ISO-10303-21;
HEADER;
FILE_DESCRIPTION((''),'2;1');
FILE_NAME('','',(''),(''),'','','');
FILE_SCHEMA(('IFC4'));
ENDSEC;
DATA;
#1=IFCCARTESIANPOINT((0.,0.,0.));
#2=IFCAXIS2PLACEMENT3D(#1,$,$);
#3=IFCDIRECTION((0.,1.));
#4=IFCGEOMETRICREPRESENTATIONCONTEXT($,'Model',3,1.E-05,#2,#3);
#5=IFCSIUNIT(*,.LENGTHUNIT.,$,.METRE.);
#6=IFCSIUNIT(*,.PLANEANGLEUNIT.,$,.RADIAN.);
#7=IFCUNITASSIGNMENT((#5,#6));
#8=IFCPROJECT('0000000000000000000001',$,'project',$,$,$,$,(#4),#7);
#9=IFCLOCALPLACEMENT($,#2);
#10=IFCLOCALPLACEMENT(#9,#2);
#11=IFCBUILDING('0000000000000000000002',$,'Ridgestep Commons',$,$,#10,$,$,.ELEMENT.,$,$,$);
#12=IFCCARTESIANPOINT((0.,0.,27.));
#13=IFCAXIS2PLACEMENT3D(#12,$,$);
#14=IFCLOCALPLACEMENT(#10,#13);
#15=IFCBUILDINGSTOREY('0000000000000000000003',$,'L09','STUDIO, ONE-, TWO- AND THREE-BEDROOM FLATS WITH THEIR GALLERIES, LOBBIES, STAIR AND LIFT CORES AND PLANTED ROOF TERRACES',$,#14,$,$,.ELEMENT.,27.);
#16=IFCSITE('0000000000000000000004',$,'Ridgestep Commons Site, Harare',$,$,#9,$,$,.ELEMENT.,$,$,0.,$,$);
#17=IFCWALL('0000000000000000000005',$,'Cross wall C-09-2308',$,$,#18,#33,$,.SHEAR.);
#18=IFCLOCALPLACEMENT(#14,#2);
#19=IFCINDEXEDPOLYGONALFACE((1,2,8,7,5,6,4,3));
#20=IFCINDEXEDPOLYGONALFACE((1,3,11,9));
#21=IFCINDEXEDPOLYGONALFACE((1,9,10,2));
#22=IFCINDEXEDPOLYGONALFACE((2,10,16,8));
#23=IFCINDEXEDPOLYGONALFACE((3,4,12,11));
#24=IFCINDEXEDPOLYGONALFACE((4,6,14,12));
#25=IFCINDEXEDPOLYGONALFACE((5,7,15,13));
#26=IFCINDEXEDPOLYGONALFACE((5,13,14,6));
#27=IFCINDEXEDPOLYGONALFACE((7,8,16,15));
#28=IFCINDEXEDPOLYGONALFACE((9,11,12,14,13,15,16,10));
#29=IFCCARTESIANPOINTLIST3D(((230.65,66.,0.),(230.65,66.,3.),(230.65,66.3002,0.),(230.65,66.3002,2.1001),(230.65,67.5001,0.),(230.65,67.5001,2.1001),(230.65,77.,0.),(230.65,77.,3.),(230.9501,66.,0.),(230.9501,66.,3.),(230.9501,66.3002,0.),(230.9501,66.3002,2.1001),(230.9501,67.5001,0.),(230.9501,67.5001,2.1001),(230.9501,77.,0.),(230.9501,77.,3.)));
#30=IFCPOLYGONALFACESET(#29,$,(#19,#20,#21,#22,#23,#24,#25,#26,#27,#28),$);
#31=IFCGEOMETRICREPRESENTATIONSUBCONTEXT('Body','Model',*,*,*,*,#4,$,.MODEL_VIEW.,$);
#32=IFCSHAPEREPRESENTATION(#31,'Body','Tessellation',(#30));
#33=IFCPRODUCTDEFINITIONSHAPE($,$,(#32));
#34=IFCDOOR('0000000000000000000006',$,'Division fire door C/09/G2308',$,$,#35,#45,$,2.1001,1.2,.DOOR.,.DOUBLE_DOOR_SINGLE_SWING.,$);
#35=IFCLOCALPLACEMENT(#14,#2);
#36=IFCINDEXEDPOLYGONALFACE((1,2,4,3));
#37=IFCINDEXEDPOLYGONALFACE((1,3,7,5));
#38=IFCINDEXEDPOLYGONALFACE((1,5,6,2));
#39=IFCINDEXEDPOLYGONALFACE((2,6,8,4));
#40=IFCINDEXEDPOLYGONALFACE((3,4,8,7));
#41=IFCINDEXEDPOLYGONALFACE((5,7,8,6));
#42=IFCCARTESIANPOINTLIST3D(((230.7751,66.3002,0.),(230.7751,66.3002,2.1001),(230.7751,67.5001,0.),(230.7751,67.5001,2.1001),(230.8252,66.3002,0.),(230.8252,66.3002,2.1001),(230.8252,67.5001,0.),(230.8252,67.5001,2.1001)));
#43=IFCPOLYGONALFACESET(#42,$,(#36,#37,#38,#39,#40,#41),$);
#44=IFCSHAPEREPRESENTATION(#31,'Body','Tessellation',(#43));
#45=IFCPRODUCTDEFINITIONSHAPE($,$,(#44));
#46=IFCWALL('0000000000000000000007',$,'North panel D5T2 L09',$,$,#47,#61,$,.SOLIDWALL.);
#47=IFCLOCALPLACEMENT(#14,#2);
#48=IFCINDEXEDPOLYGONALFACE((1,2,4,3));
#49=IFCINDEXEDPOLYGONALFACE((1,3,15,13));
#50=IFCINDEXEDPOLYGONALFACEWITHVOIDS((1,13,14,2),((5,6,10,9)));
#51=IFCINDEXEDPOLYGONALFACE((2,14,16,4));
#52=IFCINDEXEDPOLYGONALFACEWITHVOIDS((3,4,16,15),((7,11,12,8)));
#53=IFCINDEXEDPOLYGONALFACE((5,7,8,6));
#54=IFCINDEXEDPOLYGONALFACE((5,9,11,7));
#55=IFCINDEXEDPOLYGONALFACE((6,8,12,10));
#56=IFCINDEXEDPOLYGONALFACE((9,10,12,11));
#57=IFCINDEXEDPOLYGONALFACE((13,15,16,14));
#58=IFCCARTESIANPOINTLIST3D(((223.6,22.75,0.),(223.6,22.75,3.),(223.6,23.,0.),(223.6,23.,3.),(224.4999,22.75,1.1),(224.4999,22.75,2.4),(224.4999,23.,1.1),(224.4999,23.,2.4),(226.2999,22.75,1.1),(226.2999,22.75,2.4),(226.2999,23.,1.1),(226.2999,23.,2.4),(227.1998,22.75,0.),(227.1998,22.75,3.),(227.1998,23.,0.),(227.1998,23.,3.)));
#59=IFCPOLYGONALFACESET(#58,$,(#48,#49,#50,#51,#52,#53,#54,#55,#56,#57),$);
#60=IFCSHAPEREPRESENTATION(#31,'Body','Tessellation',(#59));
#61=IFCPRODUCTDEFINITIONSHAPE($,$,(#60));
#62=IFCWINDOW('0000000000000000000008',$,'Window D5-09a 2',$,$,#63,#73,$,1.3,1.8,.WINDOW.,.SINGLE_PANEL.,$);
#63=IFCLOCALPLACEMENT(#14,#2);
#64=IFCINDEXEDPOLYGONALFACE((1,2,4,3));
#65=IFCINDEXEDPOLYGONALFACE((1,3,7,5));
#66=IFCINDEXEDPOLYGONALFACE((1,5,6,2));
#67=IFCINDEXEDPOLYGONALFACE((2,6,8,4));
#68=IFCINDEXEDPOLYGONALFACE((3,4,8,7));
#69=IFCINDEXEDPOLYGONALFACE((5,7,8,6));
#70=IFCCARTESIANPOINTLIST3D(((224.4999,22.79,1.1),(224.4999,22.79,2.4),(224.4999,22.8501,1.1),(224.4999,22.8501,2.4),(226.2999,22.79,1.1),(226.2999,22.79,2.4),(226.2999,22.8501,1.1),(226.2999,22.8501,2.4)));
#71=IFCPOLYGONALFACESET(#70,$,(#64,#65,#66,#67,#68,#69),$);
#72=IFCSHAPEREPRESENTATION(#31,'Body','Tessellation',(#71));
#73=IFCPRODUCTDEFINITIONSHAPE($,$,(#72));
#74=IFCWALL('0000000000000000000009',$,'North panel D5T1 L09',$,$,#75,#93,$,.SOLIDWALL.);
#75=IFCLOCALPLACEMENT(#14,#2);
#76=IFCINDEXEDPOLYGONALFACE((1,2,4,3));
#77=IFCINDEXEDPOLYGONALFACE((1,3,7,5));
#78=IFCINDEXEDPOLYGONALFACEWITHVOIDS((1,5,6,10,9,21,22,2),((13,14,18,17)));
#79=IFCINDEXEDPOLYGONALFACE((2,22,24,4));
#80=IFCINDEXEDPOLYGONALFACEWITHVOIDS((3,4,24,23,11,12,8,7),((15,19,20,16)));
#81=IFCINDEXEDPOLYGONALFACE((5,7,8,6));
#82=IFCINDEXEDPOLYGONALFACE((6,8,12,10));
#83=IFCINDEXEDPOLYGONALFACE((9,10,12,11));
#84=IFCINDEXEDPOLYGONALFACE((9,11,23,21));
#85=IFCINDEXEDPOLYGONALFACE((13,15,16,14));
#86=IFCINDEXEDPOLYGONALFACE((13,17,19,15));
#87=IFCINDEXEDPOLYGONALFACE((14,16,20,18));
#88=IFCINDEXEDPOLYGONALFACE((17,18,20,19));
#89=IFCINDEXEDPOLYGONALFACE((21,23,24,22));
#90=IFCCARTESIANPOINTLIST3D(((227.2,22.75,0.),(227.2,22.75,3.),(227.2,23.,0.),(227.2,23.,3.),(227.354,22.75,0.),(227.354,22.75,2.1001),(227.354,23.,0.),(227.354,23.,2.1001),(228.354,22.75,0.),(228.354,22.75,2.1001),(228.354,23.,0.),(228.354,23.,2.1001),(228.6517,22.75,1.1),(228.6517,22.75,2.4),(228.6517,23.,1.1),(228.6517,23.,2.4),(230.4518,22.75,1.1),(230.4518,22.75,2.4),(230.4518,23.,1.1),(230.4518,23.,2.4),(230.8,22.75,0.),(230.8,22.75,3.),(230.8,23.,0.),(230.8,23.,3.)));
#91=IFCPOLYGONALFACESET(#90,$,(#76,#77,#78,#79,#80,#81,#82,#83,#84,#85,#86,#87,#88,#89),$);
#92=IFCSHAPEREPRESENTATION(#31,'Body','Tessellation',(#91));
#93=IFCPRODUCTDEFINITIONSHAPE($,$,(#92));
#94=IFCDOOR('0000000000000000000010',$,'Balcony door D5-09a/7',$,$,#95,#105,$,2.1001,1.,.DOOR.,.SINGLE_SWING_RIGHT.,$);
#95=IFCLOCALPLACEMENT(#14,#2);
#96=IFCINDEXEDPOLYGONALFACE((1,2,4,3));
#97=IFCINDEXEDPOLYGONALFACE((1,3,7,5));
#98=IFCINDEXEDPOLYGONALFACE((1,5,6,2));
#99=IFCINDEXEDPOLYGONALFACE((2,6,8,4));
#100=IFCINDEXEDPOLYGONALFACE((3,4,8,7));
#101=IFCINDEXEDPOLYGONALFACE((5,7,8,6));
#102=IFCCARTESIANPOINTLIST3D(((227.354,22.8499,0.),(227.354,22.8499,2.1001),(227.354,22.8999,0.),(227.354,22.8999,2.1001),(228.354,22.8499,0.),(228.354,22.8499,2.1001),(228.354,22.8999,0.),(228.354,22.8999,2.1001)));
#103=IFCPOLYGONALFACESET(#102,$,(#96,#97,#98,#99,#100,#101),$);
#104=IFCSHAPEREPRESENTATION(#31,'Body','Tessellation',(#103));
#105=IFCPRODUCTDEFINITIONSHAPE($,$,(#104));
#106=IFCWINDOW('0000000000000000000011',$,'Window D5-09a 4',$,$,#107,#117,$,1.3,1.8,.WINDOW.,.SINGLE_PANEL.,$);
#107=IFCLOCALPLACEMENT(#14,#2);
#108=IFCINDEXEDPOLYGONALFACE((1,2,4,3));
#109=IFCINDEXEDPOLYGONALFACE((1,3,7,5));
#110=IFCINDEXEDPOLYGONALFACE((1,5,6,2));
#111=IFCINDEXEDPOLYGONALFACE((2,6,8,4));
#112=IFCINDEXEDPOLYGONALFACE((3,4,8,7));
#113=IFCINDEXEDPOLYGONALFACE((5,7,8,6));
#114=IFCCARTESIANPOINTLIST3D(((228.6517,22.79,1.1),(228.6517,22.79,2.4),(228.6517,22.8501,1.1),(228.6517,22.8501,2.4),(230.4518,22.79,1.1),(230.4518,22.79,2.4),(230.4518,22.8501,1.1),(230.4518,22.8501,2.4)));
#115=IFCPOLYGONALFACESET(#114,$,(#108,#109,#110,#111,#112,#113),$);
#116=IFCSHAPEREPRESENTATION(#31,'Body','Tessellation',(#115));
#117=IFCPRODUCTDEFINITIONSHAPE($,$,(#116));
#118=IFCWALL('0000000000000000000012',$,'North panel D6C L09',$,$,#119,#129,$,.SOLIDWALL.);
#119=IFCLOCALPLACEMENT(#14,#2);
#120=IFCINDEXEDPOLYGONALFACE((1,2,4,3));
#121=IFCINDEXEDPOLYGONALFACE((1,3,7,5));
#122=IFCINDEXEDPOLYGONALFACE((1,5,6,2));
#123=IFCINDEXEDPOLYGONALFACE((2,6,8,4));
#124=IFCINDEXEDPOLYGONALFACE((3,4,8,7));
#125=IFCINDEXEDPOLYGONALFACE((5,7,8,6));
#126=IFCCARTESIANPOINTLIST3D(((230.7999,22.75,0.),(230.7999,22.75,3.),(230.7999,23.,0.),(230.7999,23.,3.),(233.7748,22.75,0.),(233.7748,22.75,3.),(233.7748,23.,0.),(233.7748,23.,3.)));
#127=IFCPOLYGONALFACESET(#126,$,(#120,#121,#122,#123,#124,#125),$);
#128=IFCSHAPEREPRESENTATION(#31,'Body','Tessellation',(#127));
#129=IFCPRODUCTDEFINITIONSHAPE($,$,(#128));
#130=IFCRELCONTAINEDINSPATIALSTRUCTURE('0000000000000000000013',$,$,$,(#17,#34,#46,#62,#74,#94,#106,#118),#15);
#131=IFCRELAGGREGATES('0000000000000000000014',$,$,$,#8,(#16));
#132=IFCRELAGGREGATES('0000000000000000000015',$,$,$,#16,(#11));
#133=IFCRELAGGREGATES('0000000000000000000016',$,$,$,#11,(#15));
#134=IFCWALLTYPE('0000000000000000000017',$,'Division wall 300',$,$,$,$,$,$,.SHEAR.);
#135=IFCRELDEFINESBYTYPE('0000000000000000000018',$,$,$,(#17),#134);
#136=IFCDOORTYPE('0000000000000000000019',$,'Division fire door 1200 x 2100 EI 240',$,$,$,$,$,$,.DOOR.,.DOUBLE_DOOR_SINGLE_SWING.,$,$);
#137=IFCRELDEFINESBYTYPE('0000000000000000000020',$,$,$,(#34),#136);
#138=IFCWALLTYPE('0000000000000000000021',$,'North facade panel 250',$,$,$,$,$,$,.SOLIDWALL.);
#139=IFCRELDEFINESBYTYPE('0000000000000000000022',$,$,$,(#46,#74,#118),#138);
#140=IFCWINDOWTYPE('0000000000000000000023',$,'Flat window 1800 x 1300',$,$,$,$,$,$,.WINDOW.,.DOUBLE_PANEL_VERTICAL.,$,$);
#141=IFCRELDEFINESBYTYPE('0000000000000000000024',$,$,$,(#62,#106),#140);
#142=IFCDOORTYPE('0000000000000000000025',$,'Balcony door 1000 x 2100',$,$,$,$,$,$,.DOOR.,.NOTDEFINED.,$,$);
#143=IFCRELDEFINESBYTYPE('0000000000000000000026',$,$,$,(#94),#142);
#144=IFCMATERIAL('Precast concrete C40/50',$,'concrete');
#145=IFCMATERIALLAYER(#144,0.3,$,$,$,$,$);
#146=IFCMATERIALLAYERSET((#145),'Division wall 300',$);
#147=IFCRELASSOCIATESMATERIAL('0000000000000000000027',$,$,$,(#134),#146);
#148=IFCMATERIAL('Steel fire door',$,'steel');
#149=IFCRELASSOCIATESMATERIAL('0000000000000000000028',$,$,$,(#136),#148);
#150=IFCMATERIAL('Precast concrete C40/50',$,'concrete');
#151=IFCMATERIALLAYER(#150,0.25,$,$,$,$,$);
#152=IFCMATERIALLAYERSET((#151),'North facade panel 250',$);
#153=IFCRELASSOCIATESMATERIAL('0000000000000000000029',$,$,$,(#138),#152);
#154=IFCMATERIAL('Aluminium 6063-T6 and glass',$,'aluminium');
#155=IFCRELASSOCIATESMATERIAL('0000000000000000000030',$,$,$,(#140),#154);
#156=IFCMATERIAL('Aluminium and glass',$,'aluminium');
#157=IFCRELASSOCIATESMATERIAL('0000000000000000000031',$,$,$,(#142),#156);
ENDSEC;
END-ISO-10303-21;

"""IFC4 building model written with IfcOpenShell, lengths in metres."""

from ifc_helpers import new_model, si_unit, direction, frame, frame_2d, origin, place, context, subcontext, project, spatial, rectangle, extrude, material, layer, layer_set, type_object, element, fill, save


model = new_model("IFC4")

# Units and contexts
model_context = context("Model", 3, precision=1e-05, world=origin(), true_north=direction((0.0, 1.0)))
body_context = subcontext(model_context, "Body", "Model", "MODEL_VIEW")
ifc_project = project(units=[si_unit("LENGTHUNIT", "METRE"), si_unit("PLANEANGLEUNIT", "RADIAN")], contexts=[model_context])

# Site, building, storey
site_placement = place(None, origin())
site = spatial("IfcSite", under=ifc_project, at=site_placement, Name="Ridgestep Commons Site, Harare", CompositionType="ELEMENT", RefElevation=0.0)
building_placement = place(site_placement, origin())
building = spatial("IfcBuilding", under=site, at=building_placement, Name="Ridgestep Commons", CompositionType="ELEMENT")
storey_placement = place(building_placement, frame((0.0, 0.0, 27.0)))
storey = spatial("IfcBuildingStorey", under=building, at=storey_placement, Name="L09", Description="STUDIO, ONE-, TWO- AND THREE-BEDROOM FLATS WITH THEIR GALLERIES, LOBBIES, STAIR AND LIFT CORES AND PLANTED ROOF TERRACES", CompositionType="ELEMENT", Elevation=27.0)

# Wall, opening, door
ifc_material_1 = material(Name="Precast concrete C40/50", Category="concrete")
ifc_layer_1 = layer(ifc_material_1, 0.3)
ifc_layer_set_1 = layer_set([ifc_layer_1], Name="Division wall 300")
wall_type_1 = type_object("IfcWallType", Name="Division wall 300", PredefinedType="SHEAR", material=ifc_layer_set_1)
wall_1_placement = place(storey_placement, frame((230.8, 66.0, 0.0), z_axis=(0.0, 0.0, 1.0), x_axis=(0.0, 1.0, 0.0)))
wall_1 = element("IfcWall", 1, at=wall_1_placement, inside=storey, type_object=wall_type_1, Name="Cross wall C-09-2308", PredefinedType="SHEAR", context=body_context, shape_type="SweptSolid", body=[
    extrude(rectangle(XDim=11.0, YDim=0.3, at=frame_2d((5.5, 0.0))), origin(), (0.0, 0.0, 1.0), 3.0),
])
opening_1_placement = place(wall_1_placement, frame((0.3, 0.0, 0.0)))
opening_1 = element("IfcOpeningElement", 2, at=opening_1_placement, cuts=wall_1, PredefinedType="OPENING", context=body_context, shape_type="SweptSolid", body=[
    extrude(rectangle(XDim=1.2, YDim=2.1001, at=frame_2d((0.6001, 1.05))), frame((0.0, 0.1599, 0.0), z_axis=(0.0, -1.0, 0.0), x_axis=(1.0, 0.0, 0.0)), (0.0, 0.0, 1.0), 0.3201),
])
ifc_material_2 = material(Name="Steel fire door", Category="steel")
door_type_1 = type_object("IfcDoorType", Name="Division fire door 1200 x 2100 EI 240", OperationType="DOUBLE_DOOR_SINGLE_SWING", PredefinedType="DOOR", material=ifc_material_2)
door_1_placement = place(opening_1_placement, origin())
door_1 = element("IfcDoor", 3, at=door_1_placement, inside=storey, type_object=door_type_1, Name="Division fire door C/09/G2308", OperationType="DOUBLE_DOOR_SINGLE_SWING", OverallHeight=2.1001, OverallWidth=1.2, PredefinedType="DOOR", context=body_context, shape_type="SweptSolid", body=[
    extrude(rectangle(XDim=1.2, YDim=2.1001, at=frame_2d((0.6001, 1.05))), frame((0.0, 0.0249, 0.0), z_axis=(0.0, -1.0, 0.0), x_axis=(1.0, 0.0, 0.0)), (0.0, 0.0, 1.0), 0.05),
])
fill(opening_1, door_1)

# Wall, opening, window
ifc_material_3 = material(Name="Precast concrete C40/50", Category="concrete")
ifc_layer_2 = layer(ifc_material_3, 0.25)
ifc_layer_set_2 = layer_set([ifc_layer_2], Name="North facade panel 250")
wall_type_2 = type_object("IfcWallType", Name="North facade panel 250", PredefinedType="SOLIDWALL", material=ifc_layer_set_2)
wall_2_placement = place(storey_placement, frame((223.6001, 22.875, 0.0), z_axis=(0.0, 0.0, 1.0), x_axis=(1.0, 0.0, 0.0)))
wall_2 = element("IfcWall", 4, at=wall_2_placement, inside=storey, type_object=wall_type_2, Name="North panel D5T2 L09", PredefinedType="SOLIDWALL", context=body_context, shape_type="SweptSolid", body=[
    extrude(rectangle(XDim=3.5999, YDim=0.25, at=frame_2d((1.7998, 0.0))), origin(), (0.0, 0.0, 1.0), 3.0),
])
opening_2_placement = place(wall_2_placement, frame((0.8999, 0.0, 1.1001)))
opening_2 = element("IfcOpeningElement", 5, at=opening_2_placement, cuts=wall_2, PredefinedType="OPENING", context=body_context, shape_type="SweptSolid", body=[
    extrude(rectangle(XDim=1.8, YDim=1.3, at=frame_2d((0.8999, 0.6499))), frame((0.0, 0.135, 0.0), z_axis=(0.0, -1.0, 0.0), x_axis=(1.0, 0.0, 0.0)), (0.0, 0.0, 1.0), 0.27),
])
ifc_material_4 = material(Name="Aluminium 6063-T6 and glass", Category="aluminium")
window_type = type_object("IfcWindowType", Name="Flat window 1800 x 1300", PartitioningType="DOUBLE_PANEL_VERTICAL", PredefinedType="WINDOW", material=ifc_material_4)
window_1_placement = place(opening_2_placement, origin())
window_1 = element("IfcWindow", 6, at=window_1_placement, inside=storey, type_object=window_type, Name="Window D5-09a 2", OverallHeight=1.3, OverallWidth=1.8, PartitioningType="SINGLE_PANEL", PredefinedType="WINDOW", context=body_context, shape_type="SweptSolid", body=[
    extrude(rectangle(XDim=1.8, YDim=1.3, at=frame_2d((0.8999, 0.6499))), frame((0.0, -0.0249, 0.0), z_axis=(0.0, -1.0, 0.0), x_axis=(1.0, 0.0, 0.0)), (0.0, 0.0, 1.0), 0.0601),
])
fill(opening_2, window_1)

# Wall, openings, door, window
wall_3_placement = place(storey_placement, frame((227.2, 22.875, 0.0), z_axis=(0.0, 0.0, 1.0), x_axis=(1.0, 0.0, 0.0)))
wall_3 = element("IfcWall", 7, at=wall_3_placement, inside=storey, type_object=wall_type_2, Name="North panel D5T1 L09", PredefinedType="SOLIDWALL", context=body_context, shape_type="SweptSolid", body=[
    extrude(rectangle(XDim=3.6001, YDim=0.25, at=frame_2d((1.8, 0.0))), origin(), (0.0, 0.0, 1.0), 3.0),
])
opening_3_placement = place(wall_3_placement, frame((1.4519, 0.0, 1.1001)))
opening_3 = element("IfcOpeningElement", 8, at=opening_3_placement, cuts=wall_3, PredefinedType="OPENING", context=body_context, shape_type="SweptSolid", body=[
    extrude(rectangle(XDim=1.8, YDim=1.3, at=frame_2d((0.8999, 0.6499))), frame((0.0, 0.135, 0.0), z_axis=(0.0, -1.0, 0.0), x_axis=(1.0, 0.0, 0.0)), (0.0, 0.0, 1.0), 0.27),
])
opening_4_placement = place(wall_3_placement, frame((0.1541, 0.0, 0.0)))
opening_4 = element("IfcOpeningElement", 9, at=opening_4_placement, cuts=wall_3, PredefinedType="OPENING", context=body_context, shape_type="SweptSolid", body=[
    extrude(rectangle(XDim=1.0, YDim=2.1001, at=frame_2d((0.5, 1.05))), frame((0.0, 0.135, 0.0), z_axis=(0.0, -1.0, 0.0), x_axis=(1.0, 0.0, 0.0)), (0.0, 0.0, 1.0), 0.27),
])
ifc_material_5 = material(Name="Aluminium and glass", Category="aluminium")
door_type_2 = type_object("IfcDoorType", Name="Balcony door 1000 x 2100", OperationType="NOTDEFINED", PredefinedType="DOOR", material=ifc_material_5)
door_2_placement = place(opening_4_placement, origin())
door_2 = element("IfcDoor", 10, at=door_2_placement, inside=storey, type_object=door_type_2, Name="Balcony door D5-09a/7", OperationType="SINGLE_SWING_RIGHT", OverallHeight=2.1001, OverallWidth=1.0, PredefinedType="DOOR", context=body_context, shape_type="SweptSolid", body=[
    extrude(rectangle(XDim=1.0, YDim=2.1001, at=frame_2d((0.5, 1.05))), frame((0.0, 0.0249, 0.0), z_axis=(0.0, -1.0, 0.0), x_axis=(1.0, 0.0, 0.0)), (0.0, 0.0, 1.0), 0.05),
])
fill(opening_4, door_2)
window_2_placement = place(opening_3_placement, origin())
window_2 = element("IfcWindow", 11, at=window_2_placement, inside=storey, type_object=window_type, Name="Window D5-09a 4", OverallHeight=1.3, OverallWidth=1.8, PartitioningType="SINGLE_PANEL", PredefinedType="WINDOW", context=body_context, shape_type="SweptSolid", body=[
    extrude(rectangle(XDim=1.8, YDim=1.3, at=frame_2d((0.8999, 0.6499))), frame((0.0, -0.0249, 0.0), z_axis=(0.0, -1.0, 0.0), x_axis=(1.0, 0.0, 0.0)), (0.0, 0.0, 1.0), 0.0601),
])
fill(opening_3, window_2)

# Wall
wall_4_placement = place(storey_placement, frame((230.8, 22.875, 0.0), z_axis=(0.0, 0.0, 1.0), x_axis=(1.0, 0.0, 0.0)))
element("IfcWall", 12, at=wall_4_placement, inside=storey, type_object=wall_type_2, Name="North panel D6C L09", PredefinedType="SOLIDWALL", context=body_context, shape_type="SweptSolid", body=[
    extrude(rectangle(XDim=2.9749, YDim=0.25, at=frame_2d((1.4873, 0.0))), origin(), (0.0, 0.0, 1.0), 3.0),
])

save(model, "model.ifc")
